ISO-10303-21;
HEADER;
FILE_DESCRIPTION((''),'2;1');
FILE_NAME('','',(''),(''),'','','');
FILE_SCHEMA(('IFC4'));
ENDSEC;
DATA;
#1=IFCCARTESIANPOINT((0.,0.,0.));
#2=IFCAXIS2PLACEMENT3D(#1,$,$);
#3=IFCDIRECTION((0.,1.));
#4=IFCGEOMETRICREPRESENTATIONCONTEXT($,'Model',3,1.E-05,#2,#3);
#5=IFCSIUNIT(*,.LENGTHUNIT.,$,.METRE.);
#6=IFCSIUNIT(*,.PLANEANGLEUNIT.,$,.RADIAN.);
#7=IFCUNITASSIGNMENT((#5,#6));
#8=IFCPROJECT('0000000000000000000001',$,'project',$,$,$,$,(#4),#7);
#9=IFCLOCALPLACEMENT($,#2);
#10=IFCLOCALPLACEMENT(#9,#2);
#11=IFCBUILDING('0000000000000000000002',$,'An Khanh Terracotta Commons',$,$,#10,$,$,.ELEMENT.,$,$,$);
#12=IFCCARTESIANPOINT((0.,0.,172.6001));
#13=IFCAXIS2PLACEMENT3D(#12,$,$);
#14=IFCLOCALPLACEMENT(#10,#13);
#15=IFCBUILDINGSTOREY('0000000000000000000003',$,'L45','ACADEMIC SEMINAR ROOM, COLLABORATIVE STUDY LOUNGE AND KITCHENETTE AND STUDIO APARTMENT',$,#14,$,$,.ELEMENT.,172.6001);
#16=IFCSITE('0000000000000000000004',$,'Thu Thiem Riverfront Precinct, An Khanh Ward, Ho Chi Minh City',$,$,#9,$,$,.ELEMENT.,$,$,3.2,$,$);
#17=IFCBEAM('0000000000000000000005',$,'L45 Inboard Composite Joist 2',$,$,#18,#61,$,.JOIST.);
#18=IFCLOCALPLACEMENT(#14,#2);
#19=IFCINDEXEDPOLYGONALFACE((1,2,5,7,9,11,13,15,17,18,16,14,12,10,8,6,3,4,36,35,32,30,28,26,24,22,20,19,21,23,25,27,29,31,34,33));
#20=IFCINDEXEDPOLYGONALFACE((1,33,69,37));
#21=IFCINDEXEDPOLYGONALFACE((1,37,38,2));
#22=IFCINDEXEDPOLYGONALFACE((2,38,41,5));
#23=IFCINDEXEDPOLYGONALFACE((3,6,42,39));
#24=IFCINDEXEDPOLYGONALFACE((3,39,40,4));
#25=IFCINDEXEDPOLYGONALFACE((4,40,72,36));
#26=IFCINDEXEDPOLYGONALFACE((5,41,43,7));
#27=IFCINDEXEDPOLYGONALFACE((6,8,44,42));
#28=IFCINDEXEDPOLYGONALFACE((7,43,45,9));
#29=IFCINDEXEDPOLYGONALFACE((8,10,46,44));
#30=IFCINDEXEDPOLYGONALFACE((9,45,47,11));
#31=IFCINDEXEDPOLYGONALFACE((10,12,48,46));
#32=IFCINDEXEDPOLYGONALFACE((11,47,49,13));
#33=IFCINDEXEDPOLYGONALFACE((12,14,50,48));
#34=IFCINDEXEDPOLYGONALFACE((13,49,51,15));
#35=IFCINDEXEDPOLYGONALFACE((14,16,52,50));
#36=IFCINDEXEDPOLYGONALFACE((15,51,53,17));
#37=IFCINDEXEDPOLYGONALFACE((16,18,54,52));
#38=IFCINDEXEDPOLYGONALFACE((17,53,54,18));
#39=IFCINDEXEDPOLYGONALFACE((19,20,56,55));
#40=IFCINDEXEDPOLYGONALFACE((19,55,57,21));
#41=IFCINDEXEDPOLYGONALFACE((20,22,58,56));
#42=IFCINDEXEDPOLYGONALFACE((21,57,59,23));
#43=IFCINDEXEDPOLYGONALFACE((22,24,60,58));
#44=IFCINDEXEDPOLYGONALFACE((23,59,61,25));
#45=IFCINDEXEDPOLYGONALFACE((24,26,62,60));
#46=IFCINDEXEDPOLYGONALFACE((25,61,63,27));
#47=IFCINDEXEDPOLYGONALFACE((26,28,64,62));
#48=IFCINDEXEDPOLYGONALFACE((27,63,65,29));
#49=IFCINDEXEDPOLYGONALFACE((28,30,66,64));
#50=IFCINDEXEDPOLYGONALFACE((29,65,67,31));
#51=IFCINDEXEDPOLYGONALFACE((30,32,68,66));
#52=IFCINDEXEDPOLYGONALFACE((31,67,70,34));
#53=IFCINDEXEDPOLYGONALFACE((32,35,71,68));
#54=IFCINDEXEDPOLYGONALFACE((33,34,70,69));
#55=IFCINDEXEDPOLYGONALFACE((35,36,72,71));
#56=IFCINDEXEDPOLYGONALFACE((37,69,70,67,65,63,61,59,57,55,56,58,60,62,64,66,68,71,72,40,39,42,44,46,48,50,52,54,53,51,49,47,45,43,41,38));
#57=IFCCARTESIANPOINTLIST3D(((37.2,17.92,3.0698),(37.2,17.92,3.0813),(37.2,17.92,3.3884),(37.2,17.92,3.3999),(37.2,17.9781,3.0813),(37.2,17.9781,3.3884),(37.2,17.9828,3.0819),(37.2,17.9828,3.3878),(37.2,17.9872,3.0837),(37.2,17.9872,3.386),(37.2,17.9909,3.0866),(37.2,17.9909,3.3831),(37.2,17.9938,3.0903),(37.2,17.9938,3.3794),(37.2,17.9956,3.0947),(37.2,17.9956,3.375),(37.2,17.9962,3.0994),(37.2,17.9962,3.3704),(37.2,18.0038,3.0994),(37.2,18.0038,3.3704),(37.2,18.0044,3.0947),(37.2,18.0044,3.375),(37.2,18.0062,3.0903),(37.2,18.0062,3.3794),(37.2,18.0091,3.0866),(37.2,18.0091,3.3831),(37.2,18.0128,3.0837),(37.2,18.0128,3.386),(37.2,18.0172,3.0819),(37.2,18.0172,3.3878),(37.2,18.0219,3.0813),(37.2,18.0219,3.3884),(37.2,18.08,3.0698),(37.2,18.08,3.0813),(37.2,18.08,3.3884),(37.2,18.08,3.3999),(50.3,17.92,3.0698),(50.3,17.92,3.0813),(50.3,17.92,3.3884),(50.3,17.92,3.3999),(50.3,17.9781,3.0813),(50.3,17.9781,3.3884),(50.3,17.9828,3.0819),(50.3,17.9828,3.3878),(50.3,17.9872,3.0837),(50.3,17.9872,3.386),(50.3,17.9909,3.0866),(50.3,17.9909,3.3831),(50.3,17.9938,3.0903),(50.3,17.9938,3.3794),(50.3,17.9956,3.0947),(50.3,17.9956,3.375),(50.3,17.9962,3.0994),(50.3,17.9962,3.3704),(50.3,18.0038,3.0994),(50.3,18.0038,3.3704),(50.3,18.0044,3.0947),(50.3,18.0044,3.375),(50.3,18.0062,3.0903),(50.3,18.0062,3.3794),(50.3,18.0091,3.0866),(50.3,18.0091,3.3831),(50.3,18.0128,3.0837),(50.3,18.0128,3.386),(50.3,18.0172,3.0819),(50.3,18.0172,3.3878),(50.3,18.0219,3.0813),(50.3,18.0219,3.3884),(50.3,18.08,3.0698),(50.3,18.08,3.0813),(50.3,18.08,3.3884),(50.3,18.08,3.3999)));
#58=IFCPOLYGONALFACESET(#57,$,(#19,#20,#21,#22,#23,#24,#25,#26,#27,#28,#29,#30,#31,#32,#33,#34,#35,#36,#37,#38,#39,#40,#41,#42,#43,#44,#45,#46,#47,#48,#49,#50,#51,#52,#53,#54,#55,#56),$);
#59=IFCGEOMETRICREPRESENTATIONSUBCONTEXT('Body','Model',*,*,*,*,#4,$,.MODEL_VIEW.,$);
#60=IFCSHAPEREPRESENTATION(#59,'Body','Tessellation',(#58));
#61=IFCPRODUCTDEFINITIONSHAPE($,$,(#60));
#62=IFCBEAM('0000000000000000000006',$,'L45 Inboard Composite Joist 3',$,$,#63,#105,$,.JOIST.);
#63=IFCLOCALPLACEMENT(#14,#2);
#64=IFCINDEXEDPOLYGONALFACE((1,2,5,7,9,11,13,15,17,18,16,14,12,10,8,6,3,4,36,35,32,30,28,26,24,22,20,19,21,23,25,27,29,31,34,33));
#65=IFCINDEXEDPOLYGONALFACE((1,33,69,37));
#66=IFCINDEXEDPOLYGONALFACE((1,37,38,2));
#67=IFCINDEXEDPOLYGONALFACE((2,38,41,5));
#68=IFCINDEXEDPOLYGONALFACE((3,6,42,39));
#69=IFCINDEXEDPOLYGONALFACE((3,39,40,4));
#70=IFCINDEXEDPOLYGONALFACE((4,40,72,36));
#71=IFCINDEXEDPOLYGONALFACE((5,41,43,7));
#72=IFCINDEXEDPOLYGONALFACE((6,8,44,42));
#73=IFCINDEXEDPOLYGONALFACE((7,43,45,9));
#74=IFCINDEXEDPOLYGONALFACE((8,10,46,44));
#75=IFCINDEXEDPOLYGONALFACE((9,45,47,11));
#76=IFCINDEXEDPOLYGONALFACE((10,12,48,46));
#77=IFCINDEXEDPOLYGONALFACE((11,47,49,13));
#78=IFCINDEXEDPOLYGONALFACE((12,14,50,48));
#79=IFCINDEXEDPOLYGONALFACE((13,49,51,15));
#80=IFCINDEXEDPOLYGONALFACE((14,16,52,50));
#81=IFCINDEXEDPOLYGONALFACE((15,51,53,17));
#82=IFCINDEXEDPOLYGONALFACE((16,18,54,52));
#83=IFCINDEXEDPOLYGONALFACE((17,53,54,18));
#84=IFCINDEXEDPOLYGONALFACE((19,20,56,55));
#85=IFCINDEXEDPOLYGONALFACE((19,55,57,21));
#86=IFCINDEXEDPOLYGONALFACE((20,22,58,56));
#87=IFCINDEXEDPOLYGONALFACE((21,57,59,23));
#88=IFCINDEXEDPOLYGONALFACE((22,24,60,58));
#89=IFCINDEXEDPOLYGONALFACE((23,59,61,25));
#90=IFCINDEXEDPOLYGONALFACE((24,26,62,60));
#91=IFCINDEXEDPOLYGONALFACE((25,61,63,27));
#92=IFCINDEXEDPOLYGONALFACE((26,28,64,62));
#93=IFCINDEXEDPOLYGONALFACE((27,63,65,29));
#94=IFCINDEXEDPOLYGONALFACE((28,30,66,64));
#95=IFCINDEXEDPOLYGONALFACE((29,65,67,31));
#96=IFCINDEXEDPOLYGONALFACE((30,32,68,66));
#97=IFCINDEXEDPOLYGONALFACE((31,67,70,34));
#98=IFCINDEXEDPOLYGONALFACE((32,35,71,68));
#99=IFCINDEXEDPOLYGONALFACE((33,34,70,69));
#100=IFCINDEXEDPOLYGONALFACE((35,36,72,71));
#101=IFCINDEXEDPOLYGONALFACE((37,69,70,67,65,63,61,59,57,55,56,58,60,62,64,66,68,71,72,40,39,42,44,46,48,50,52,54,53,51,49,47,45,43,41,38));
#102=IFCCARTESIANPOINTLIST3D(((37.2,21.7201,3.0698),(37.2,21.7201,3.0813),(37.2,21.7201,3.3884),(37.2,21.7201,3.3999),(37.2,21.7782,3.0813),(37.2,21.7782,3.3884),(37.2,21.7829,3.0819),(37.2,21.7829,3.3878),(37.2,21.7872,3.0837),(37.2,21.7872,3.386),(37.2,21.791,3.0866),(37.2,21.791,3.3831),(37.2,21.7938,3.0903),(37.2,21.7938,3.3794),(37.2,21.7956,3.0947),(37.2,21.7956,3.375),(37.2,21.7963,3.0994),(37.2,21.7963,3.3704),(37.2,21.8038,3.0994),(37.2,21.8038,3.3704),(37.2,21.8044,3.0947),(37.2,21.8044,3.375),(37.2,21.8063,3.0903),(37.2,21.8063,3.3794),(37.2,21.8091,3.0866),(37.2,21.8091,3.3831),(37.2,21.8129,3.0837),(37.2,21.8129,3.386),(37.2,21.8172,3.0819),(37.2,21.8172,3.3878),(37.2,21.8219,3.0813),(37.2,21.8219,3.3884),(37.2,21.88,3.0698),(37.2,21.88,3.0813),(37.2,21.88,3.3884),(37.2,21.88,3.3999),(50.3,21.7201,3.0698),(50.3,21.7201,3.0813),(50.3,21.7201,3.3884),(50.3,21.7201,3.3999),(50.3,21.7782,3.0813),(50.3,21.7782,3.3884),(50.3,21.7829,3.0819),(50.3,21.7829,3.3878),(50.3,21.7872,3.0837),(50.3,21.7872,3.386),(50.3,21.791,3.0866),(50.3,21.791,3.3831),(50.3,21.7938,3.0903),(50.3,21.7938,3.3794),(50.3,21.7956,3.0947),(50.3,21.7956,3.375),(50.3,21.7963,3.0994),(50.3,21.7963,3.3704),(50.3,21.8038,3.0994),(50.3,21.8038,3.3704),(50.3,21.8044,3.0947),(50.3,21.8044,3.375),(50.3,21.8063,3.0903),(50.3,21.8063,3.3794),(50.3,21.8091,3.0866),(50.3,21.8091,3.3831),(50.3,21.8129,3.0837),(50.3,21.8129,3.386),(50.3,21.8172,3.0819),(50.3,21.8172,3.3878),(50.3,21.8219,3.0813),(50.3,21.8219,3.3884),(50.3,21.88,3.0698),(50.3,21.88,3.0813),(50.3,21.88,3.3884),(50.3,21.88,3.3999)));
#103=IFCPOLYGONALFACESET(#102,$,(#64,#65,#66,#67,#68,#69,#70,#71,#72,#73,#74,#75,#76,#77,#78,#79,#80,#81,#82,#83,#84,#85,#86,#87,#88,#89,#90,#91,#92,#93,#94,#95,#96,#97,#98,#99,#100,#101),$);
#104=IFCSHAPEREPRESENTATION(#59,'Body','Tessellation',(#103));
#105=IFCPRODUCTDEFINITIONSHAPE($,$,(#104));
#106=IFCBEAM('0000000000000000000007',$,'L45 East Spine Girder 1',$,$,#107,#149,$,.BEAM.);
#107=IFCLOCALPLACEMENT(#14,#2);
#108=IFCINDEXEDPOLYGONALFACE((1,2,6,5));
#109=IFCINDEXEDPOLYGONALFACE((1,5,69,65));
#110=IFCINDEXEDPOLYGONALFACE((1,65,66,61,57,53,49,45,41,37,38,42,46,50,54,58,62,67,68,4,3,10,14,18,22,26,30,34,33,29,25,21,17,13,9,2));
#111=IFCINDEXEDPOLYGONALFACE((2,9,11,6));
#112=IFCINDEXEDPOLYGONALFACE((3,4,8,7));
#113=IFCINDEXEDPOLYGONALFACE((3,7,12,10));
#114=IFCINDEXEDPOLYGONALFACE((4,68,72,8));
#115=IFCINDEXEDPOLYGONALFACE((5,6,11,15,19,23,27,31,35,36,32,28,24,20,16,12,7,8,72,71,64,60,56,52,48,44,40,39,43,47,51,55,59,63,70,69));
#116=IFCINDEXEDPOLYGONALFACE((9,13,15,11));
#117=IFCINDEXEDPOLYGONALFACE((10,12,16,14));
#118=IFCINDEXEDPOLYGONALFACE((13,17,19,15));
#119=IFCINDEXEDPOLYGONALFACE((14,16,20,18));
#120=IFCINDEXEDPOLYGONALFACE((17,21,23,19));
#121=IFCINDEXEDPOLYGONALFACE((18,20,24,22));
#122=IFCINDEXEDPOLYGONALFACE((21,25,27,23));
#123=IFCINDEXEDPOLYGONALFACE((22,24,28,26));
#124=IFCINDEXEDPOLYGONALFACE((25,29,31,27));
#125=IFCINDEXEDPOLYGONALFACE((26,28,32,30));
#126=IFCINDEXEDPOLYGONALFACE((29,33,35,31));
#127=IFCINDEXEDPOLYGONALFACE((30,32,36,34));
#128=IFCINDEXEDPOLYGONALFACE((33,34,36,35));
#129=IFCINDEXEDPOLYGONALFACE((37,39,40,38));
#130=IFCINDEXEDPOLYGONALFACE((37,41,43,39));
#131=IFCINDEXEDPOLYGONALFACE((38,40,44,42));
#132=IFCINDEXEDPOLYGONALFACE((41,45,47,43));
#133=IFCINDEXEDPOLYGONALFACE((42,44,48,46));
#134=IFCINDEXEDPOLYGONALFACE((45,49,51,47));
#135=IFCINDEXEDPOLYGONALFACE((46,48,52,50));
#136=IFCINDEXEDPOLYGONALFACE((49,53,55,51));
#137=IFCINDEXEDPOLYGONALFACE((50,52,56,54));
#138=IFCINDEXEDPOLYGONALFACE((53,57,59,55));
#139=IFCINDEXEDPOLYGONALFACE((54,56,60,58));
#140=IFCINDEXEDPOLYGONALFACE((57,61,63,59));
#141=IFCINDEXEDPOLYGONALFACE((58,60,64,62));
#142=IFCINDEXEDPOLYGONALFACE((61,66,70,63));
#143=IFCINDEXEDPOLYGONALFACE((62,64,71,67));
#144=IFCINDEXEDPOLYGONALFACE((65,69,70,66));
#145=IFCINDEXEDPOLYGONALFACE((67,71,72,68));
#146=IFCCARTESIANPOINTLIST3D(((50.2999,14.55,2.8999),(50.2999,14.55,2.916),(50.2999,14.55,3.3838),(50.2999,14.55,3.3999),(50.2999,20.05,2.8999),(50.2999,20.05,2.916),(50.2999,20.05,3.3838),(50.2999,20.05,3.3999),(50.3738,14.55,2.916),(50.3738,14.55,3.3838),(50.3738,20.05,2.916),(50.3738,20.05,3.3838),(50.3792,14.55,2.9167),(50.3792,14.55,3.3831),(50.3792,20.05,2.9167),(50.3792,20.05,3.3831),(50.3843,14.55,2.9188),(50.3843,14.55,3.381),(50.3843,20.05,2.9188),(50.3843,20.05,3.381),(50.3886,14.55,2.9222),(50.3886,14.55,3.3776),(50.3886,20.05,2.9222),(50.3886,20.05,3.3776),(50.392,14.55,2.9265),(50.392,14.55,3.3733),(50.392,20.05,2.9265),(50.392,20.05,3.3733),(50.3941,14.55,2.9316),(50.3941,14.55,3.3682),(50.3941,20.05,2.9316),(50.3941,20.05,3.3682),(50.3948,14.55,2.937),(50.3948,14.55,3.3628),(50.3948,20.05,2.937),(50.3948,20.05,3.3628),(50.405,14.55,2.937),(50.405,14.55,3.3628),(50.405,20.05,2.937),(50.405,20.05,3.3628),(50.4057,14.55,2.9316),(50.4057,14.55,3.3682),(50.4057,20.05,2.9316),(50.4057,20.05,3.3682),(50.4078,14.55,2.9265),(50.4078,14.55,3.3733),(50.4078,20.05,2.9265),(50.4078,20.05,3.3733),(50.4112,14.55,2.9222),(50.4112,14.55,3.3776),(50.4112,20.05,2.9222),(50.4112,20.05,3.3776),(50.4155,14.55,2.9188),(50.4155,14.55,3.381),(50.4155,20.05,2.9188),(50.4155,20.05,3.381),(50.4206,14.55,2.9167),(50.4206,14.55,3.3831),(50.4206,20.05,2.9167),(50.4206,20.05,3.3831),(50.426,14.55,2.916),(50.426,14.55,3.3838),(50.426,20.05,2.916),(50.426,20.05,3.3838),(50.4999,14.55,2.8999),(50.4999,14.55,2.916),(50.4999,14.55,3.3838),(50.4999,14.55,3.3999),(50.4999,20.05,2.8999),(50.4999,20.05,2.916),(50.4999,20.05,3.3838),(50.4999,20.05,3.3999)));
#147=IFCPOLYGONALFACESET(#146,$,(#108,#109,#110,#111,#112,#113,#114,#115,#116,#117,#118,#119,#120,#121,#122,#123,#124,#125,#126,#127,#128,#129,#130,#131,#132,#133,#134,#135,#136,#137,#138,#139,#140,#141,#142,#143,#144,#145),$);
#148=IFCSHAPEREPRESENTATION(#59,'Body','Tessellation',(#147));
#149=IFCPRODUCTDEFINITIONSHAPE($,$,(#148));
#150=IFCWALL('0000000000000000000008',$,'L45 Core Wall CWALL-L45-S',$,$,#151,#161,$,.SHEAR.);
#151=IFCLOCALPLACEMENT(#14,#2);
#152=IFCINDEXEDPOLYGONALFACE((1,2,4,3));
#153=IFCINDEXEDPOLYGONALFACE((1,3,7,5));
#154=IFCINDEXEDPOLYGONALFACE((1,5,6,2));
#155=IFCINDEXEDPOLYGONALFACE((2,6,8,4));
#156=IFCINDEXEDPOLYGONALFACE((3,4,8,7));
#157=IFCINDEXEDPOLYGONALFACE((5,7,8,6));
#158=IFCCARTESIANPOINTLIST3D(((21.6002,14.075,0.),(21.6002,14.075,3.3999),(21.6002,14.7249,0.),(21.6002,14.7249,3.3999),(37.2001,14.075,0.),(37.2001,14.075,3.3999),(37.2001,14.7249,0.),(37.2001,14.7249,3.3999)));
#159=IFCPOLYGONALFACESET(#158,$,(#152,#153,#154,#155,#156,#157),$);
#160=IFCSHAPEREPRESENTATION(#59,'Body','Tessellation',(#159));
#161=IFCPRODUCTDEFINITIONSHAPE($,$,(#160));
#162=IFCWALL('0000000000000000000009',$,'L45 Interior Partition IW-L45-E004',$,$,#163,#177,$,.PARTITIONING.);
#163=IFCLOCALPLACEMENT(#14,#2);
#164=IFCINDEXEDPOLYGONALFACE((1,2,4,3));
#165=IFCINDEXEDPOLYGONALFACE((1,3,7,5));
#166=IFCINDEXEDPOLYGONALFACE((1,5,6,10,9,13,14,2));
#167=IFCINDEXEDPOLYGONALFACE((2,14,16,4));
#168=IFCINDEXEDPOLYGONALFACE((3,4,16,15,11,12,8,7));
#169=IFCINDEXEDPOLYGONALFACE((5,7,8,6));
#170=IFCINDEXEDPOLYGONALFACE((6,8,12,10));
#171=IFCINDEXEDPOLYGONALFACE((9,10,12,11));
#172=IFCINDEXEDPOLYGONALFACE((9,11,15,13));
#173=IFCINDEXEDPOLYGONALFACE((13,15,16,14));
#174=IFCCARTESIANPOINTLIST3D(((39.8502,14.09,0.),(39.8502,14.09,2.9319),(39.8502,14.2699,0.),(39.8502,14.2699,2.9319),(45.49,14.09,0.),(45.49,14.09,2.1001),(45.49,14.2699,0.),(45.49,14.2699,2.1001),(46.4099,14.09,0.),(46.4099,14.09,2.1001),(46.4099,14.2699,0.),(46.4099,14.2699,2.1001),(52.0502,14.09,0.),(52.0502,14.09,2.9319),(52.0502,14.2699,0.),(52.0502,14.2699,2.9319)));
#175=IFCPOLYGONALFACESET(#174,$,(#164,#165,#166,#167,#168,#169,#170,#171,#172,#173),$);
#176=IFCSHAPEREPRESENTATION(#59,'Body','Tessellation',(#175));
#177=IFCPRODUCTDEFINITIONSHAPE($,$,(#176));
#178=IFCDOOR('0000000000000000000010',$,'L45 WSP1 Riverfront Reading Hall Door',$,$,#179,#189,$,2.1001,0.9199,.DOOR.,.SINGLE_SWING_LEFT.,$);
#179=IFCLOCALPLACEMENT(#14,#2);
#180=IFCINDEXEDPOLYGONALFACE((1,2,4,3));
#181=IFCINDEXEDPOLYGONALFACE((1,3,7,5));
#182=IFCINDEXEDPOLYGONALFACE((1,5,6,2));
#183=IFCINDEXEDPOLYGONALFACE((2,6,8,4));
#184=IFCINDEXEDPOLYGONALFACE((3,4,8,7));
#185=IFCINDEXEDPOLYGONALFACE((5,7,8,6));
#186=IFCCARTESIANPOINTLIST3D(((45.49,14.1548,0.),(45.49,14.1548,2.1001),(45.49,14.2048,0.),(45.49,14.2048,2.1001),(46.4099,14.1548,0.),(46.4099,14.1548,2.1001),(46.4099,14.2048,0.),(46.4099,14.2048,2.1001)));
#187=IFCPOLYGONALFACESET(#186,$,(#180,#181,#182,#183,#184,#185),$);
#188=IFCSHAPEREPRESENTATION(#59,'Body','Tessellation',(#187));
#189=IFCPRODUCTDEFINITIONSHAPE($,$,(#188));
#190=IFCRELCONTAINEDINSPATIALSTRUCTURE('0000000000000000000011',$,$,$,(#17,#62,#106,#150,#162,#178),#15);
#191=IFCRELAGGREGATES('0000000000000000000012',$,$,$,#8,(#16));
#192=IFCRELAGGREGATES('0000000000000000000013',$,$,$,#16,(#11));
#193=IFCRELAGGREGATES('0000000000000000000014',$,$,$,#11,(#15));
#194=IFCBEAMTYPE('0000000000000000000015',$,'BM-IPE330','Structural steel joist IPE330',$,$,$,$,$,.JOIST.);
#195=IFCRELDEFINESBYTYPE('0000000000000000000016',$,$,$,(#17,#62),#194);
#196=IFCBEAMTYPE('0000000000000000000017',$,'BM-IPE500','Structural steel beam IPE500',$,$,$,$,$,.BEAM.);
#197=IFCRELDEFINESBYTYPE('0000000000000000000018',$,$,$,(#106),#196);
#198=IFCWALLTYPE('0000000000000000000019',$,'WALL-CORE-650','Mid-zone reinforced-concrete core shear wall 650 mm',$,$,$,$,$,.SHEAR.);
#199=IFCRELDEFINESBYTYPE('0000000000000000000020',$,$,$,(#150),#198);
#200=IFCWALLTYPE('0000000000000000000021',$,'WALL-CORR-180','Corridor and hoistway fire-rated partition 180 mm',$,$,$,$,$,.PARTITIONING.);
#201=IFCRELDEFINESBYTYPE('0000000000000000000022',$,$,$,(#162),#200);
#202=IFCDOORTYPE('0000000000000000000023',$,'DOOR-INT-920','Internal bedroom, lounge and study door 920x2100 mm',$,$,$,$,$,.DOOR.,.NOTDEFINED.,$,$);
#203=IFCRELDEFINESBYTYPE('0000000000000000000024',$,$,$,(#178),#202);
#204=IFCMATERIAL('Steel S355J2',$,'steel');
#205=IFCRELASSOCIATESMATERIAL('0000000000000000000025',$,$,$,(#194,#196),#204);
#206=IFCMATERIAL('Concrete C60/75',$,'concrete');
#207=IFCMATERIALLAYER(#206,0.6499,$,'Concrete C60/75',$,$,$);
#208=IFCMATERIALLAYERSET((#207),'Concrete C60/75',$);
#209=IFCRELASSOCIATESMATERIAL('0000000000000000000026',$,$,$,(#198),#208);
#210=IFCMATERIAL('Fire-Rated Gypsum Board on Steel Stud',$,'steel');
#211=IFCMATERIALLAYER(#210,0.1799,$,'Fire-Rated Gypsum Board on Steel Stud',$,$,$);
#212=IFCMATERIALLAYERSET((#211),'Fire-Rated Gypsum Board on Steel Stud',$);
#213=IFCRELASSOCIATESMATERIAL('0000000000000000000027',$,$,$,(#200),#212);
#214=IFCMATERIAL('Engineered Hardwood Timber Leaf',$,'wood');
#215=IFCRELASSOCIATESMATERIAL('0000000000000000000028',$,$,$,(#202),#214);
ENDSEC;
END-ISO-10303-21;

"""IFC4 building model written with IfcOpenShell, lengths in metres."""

from ifc_helpers import new_model, si_unit, direction, frame, frame_2d, origin, origin_2d, place, context, subcontext, project, spatial, rectangle, i_section, extrude, material, layer, layer_set, material_profile, profile_set, type_object, element, fill, save


model = new_model("IFC4")

# Units and contexts
model_context = context("Model", 3, precision=1e-05, world=origin(), true_north=direction((0.0, 1.0)))
body_context = subcontext(model_context, "Body", "Model", "MODEL_VIEW")
ifc_project = project(units=[si_unit("LENGTHUNIT", "METRE"), si_unit("PLANEANGLEUNIT", "RADIAN")], contexts=[model_context])

# Site, building, storey
site_placement = place(None, origin())
site = spatial("IfcSite", under=ifc_project, at=site_placement, Name="Thu Thiem Riverfront Precinct, An Khanh Ward, Ho Chi Minh City", CompositionType="ELEMENT", RefElevation=3.2)
building_placement = place(site_placement, origin())
building = spatial("IfcBuilding", under=site, at=building_placement, Name="An Khanh Terracotta Commons", CompositionType="ELEMENT")
storey_placement = place(building_placement, frame((0.0, 0.0, 172.6001)))
storey = spatial("IfcBuildingStorey", under=building, at=storey_placement, Name="L45", Description="ACADEMIC SEMINAR ROOM, COLLABORATIVE STUDY LOUNGE AND KITCHENETTE AND STUDIO APARTMENT", CompositionType="ELEMENT", Elevation=172.6001)

# Shared definitions
ifc_material_1 = material(Name="Concrete C60/75", Category="concrete")

# Beams
ifc_material_2 = material(Name="Steel S355J2", Category="steel")
ifc_material_profile_1 = material_profile(ifc_material_2, i_section(OverallWidth=0.1599, OverallDepth=0.3301, WebThickness=0.0076, FlangeThickness=0.0115, FilletRadius=0.0181, at=origin_2d()), Name="IPE330")
ifc_profile_set_1 = profile_set([ifc_material_profile_1], Name="Steel S355J2")
beam_type_1 = type_object("IfcBeamType", Name="BM-IPE330", Description="Structural steel joist IPE330", PredefinedType="JOIST", material=ifc_profile_set_1)
for number, where, z_axis, x_axis, name in (
    (1, (37.2, 18.0, 3.2349), (1.0, 0.0, 0.0), (0.0, 1.0, 0.0), "L45 Inboard Composite Joist 2"),
    (2, (37.2, 21.8, 3.2349), (1.0, 0.0, 0.0), (0.0, 1.0, 0.0), "L45 Inboard Composite Joist 3"),
):
    element("IfcBeam", number, at=place(storey_placement, frame(where, z_axis=z_axis, x_axis=x_axis)), inside=storey, type_object=beam_type_1, Name=name, PredefinedType="JOIST", context=body_context, shape_type="SweptSolid", body=[
        extrude(i_section(OverallWidth=0.1599, OverallDepth=0.3301, WebThickness=0.0076, FlangeThickness=0.0115, FilletRadius=0.0181, at=origin_2d()), origin(), (0.0, 0.0, 1.0), 13.1001),
    ])
ifc_material_profile_2 = material_profile(ifc_material_2, i_section(OverallWidth=0.2, OverallDepth=0.5, WebThickness=0.0103, FlangeThickness=0.0161, FilletRadius=0.021, at=origin_2d()), Name="IPE500")
ifc_profile_set_2 = profile_set([ifc_material_profile_2], Name="Steel S355J2")
beam_type_2 = type_object("IfcBeamType", Name="BM-IPE500", Description="Structural steel beam IPE500", PredefinedType="BEAM", material=ifc_profile_set_2)
beam_1_placement = place(storey_placement, frame((50.3999, 14.55, 3.1499), z_axis=(0.0, 1.0, 0.0), x_axis=(-1.0, 0.0, 0.0)))
element("IfcBeam", 3, at=beam_1_placement, inside=storey, type_object=beam_type_2, Name="L45 East Spine Girder 1", PredefinedType="BEAM", context=body_context, shape_type="SweptSolid", body=[
    extrude(i_section(OverallWidth=0.2, OverallDepth=0.5, WebThickness=0.0103, FlangeThickness=0.0161, FilletRadius=0.021, at=origin_2d()), origin(), (0.0, 0.0, 1.0), 5.5),
])

# Wall
ifc_layer_1 = layer(ifc_material_1, 0.6499, Name="Concrete C60/75")
ifc_layer_set_1 = layer_set([ifc_layer_1], Name="Concrete C60/75")
wall_type_1 = type_object("IfcWallType", Name="WALL-CORE-650", Description="Mid-zone reinforced-concrete core shear wall 650 mm", PredefinedType="SHEAR", material=ifc_layer_set_1)
wall_1_placement = place(storey_placement, frame((37.2, 14.3999, 0.0), z_axis=(0.0, 0.0, 1.0), x_axis=(-1.0, 0.0, 0.0)))
element("IfcWall", 4, at=wall_1_placement, inside=storey, type_object=wall_type_1, Name="L45 Core Wall CWALL-L45-S", PredefinedType="SHEAR", context=body_context, shape_type="SweptSolid", body=[
    extrude(rectangle(XDim=15.5999, YDim=0.6499, at=frame_2d((7.7998, 0.0))), origin(), (0.0, 0.0, 1.0), 3.3999),
])

# Wall, opening, door
ifc_material_3 = material(Name="Fire-Rated Gypsum Board on Steel Stud", Category="steel")
ifc_layer_2 = layer(ifc_material_3, 0.1799, Name="Fire-Rated Gypsum Board on Steel Stud")
ifc_layer_set_2 = layer_set([ifc_layer_2], Name="Fire-Rated Gypsum Board on Steel Stud")
wall_type_2 = type_object("IfcWallType", Name="WALL-CORR-180", Description="Corridor and hoistway fire-rated partition 180 mm", PredefinedType="PARTITIONING", material=ifc_layer_set_2)
wall_2_placement = place(storey_placement, frame((39.8501, 14.1799, 0.0), z_axis=(0.0, 0.0, 1.0), x_axis=(1.0, 0.0, 0.0)))
wall_2 = element("IfcWall", 5, at=wall_2_placement, inside=storey, type_object=wall_type_2, Name="L45 Interior Partition IW-L45-E004", PredefinedType="PARTITIONING", context=body_context, shape_type="SweptSolid", body=[
    extrude(rectangle(XDim=12.2, YDim=0.1799, at=frame_2d((6.1001, 0.0))), origin(), (0.0, 0.0, 1.0), 2.9319),
])
opening_1_placement = place(wall_2_placement, frame((5.6399, 0.0, 0.0)))
opening_1 = element("IfcOpeningElement", 6, at=opening_1_placement, cuts=wall_2, PredefinedType="OPENING", context=body_context, shape_type="SweptSolid", body=[
    extrude(rectangle(XDim=0.9199, YDim=2.1001, at=frame_2d((0.46, 1.05))), frame((0.0, 0.0999, 0.0), z_axis=(0.0, -1.0, 0.0), x_axis=(1.0, 0.0, 0.0)), (0.0, 0.0, 1.0), 0.2),
])
ifc_material_4 = material(Name="Engineered Hardwood Timber Leaf", Category="wood")
door_type_1 = type_object("IfcDoorType", Name="DOOR-INT-920", Description="Internal bedroom, lounge and study door 920x2100 mm", OperationType="NOTDEFINED", PredefinedType="DOOR", material=ifc_material_4)
door_1_placement = place(opening_1_placement, origin())
door_1 = element("IfcDoor", 7, at=door_1_placement, inside=storey, type_object=door_type_1, Name="L45 WSP1 Riverfront Reading Hall Door", OperationType="SINGLE_SWING_LEFT", OverallHeight=2.1001, OverallWidth=0.9199, PredefinedType="DOOR", context=body_context, shape_type="SweptSolid", body=[
    extrude(rectangle(XDim=0.9199, YDim=2.1001, at=frame_2d((0.46, 1.05))), frame((0.0, 0.0249, 0.0), z_axis=(0.0, -1.0, 0.0), x_axis=(1.0, 0.0, 0.0)), (0.0, 0.0, 1.0), 0.05),
])
fill(opening_1, door_1)

save(model, "model.ifc")
